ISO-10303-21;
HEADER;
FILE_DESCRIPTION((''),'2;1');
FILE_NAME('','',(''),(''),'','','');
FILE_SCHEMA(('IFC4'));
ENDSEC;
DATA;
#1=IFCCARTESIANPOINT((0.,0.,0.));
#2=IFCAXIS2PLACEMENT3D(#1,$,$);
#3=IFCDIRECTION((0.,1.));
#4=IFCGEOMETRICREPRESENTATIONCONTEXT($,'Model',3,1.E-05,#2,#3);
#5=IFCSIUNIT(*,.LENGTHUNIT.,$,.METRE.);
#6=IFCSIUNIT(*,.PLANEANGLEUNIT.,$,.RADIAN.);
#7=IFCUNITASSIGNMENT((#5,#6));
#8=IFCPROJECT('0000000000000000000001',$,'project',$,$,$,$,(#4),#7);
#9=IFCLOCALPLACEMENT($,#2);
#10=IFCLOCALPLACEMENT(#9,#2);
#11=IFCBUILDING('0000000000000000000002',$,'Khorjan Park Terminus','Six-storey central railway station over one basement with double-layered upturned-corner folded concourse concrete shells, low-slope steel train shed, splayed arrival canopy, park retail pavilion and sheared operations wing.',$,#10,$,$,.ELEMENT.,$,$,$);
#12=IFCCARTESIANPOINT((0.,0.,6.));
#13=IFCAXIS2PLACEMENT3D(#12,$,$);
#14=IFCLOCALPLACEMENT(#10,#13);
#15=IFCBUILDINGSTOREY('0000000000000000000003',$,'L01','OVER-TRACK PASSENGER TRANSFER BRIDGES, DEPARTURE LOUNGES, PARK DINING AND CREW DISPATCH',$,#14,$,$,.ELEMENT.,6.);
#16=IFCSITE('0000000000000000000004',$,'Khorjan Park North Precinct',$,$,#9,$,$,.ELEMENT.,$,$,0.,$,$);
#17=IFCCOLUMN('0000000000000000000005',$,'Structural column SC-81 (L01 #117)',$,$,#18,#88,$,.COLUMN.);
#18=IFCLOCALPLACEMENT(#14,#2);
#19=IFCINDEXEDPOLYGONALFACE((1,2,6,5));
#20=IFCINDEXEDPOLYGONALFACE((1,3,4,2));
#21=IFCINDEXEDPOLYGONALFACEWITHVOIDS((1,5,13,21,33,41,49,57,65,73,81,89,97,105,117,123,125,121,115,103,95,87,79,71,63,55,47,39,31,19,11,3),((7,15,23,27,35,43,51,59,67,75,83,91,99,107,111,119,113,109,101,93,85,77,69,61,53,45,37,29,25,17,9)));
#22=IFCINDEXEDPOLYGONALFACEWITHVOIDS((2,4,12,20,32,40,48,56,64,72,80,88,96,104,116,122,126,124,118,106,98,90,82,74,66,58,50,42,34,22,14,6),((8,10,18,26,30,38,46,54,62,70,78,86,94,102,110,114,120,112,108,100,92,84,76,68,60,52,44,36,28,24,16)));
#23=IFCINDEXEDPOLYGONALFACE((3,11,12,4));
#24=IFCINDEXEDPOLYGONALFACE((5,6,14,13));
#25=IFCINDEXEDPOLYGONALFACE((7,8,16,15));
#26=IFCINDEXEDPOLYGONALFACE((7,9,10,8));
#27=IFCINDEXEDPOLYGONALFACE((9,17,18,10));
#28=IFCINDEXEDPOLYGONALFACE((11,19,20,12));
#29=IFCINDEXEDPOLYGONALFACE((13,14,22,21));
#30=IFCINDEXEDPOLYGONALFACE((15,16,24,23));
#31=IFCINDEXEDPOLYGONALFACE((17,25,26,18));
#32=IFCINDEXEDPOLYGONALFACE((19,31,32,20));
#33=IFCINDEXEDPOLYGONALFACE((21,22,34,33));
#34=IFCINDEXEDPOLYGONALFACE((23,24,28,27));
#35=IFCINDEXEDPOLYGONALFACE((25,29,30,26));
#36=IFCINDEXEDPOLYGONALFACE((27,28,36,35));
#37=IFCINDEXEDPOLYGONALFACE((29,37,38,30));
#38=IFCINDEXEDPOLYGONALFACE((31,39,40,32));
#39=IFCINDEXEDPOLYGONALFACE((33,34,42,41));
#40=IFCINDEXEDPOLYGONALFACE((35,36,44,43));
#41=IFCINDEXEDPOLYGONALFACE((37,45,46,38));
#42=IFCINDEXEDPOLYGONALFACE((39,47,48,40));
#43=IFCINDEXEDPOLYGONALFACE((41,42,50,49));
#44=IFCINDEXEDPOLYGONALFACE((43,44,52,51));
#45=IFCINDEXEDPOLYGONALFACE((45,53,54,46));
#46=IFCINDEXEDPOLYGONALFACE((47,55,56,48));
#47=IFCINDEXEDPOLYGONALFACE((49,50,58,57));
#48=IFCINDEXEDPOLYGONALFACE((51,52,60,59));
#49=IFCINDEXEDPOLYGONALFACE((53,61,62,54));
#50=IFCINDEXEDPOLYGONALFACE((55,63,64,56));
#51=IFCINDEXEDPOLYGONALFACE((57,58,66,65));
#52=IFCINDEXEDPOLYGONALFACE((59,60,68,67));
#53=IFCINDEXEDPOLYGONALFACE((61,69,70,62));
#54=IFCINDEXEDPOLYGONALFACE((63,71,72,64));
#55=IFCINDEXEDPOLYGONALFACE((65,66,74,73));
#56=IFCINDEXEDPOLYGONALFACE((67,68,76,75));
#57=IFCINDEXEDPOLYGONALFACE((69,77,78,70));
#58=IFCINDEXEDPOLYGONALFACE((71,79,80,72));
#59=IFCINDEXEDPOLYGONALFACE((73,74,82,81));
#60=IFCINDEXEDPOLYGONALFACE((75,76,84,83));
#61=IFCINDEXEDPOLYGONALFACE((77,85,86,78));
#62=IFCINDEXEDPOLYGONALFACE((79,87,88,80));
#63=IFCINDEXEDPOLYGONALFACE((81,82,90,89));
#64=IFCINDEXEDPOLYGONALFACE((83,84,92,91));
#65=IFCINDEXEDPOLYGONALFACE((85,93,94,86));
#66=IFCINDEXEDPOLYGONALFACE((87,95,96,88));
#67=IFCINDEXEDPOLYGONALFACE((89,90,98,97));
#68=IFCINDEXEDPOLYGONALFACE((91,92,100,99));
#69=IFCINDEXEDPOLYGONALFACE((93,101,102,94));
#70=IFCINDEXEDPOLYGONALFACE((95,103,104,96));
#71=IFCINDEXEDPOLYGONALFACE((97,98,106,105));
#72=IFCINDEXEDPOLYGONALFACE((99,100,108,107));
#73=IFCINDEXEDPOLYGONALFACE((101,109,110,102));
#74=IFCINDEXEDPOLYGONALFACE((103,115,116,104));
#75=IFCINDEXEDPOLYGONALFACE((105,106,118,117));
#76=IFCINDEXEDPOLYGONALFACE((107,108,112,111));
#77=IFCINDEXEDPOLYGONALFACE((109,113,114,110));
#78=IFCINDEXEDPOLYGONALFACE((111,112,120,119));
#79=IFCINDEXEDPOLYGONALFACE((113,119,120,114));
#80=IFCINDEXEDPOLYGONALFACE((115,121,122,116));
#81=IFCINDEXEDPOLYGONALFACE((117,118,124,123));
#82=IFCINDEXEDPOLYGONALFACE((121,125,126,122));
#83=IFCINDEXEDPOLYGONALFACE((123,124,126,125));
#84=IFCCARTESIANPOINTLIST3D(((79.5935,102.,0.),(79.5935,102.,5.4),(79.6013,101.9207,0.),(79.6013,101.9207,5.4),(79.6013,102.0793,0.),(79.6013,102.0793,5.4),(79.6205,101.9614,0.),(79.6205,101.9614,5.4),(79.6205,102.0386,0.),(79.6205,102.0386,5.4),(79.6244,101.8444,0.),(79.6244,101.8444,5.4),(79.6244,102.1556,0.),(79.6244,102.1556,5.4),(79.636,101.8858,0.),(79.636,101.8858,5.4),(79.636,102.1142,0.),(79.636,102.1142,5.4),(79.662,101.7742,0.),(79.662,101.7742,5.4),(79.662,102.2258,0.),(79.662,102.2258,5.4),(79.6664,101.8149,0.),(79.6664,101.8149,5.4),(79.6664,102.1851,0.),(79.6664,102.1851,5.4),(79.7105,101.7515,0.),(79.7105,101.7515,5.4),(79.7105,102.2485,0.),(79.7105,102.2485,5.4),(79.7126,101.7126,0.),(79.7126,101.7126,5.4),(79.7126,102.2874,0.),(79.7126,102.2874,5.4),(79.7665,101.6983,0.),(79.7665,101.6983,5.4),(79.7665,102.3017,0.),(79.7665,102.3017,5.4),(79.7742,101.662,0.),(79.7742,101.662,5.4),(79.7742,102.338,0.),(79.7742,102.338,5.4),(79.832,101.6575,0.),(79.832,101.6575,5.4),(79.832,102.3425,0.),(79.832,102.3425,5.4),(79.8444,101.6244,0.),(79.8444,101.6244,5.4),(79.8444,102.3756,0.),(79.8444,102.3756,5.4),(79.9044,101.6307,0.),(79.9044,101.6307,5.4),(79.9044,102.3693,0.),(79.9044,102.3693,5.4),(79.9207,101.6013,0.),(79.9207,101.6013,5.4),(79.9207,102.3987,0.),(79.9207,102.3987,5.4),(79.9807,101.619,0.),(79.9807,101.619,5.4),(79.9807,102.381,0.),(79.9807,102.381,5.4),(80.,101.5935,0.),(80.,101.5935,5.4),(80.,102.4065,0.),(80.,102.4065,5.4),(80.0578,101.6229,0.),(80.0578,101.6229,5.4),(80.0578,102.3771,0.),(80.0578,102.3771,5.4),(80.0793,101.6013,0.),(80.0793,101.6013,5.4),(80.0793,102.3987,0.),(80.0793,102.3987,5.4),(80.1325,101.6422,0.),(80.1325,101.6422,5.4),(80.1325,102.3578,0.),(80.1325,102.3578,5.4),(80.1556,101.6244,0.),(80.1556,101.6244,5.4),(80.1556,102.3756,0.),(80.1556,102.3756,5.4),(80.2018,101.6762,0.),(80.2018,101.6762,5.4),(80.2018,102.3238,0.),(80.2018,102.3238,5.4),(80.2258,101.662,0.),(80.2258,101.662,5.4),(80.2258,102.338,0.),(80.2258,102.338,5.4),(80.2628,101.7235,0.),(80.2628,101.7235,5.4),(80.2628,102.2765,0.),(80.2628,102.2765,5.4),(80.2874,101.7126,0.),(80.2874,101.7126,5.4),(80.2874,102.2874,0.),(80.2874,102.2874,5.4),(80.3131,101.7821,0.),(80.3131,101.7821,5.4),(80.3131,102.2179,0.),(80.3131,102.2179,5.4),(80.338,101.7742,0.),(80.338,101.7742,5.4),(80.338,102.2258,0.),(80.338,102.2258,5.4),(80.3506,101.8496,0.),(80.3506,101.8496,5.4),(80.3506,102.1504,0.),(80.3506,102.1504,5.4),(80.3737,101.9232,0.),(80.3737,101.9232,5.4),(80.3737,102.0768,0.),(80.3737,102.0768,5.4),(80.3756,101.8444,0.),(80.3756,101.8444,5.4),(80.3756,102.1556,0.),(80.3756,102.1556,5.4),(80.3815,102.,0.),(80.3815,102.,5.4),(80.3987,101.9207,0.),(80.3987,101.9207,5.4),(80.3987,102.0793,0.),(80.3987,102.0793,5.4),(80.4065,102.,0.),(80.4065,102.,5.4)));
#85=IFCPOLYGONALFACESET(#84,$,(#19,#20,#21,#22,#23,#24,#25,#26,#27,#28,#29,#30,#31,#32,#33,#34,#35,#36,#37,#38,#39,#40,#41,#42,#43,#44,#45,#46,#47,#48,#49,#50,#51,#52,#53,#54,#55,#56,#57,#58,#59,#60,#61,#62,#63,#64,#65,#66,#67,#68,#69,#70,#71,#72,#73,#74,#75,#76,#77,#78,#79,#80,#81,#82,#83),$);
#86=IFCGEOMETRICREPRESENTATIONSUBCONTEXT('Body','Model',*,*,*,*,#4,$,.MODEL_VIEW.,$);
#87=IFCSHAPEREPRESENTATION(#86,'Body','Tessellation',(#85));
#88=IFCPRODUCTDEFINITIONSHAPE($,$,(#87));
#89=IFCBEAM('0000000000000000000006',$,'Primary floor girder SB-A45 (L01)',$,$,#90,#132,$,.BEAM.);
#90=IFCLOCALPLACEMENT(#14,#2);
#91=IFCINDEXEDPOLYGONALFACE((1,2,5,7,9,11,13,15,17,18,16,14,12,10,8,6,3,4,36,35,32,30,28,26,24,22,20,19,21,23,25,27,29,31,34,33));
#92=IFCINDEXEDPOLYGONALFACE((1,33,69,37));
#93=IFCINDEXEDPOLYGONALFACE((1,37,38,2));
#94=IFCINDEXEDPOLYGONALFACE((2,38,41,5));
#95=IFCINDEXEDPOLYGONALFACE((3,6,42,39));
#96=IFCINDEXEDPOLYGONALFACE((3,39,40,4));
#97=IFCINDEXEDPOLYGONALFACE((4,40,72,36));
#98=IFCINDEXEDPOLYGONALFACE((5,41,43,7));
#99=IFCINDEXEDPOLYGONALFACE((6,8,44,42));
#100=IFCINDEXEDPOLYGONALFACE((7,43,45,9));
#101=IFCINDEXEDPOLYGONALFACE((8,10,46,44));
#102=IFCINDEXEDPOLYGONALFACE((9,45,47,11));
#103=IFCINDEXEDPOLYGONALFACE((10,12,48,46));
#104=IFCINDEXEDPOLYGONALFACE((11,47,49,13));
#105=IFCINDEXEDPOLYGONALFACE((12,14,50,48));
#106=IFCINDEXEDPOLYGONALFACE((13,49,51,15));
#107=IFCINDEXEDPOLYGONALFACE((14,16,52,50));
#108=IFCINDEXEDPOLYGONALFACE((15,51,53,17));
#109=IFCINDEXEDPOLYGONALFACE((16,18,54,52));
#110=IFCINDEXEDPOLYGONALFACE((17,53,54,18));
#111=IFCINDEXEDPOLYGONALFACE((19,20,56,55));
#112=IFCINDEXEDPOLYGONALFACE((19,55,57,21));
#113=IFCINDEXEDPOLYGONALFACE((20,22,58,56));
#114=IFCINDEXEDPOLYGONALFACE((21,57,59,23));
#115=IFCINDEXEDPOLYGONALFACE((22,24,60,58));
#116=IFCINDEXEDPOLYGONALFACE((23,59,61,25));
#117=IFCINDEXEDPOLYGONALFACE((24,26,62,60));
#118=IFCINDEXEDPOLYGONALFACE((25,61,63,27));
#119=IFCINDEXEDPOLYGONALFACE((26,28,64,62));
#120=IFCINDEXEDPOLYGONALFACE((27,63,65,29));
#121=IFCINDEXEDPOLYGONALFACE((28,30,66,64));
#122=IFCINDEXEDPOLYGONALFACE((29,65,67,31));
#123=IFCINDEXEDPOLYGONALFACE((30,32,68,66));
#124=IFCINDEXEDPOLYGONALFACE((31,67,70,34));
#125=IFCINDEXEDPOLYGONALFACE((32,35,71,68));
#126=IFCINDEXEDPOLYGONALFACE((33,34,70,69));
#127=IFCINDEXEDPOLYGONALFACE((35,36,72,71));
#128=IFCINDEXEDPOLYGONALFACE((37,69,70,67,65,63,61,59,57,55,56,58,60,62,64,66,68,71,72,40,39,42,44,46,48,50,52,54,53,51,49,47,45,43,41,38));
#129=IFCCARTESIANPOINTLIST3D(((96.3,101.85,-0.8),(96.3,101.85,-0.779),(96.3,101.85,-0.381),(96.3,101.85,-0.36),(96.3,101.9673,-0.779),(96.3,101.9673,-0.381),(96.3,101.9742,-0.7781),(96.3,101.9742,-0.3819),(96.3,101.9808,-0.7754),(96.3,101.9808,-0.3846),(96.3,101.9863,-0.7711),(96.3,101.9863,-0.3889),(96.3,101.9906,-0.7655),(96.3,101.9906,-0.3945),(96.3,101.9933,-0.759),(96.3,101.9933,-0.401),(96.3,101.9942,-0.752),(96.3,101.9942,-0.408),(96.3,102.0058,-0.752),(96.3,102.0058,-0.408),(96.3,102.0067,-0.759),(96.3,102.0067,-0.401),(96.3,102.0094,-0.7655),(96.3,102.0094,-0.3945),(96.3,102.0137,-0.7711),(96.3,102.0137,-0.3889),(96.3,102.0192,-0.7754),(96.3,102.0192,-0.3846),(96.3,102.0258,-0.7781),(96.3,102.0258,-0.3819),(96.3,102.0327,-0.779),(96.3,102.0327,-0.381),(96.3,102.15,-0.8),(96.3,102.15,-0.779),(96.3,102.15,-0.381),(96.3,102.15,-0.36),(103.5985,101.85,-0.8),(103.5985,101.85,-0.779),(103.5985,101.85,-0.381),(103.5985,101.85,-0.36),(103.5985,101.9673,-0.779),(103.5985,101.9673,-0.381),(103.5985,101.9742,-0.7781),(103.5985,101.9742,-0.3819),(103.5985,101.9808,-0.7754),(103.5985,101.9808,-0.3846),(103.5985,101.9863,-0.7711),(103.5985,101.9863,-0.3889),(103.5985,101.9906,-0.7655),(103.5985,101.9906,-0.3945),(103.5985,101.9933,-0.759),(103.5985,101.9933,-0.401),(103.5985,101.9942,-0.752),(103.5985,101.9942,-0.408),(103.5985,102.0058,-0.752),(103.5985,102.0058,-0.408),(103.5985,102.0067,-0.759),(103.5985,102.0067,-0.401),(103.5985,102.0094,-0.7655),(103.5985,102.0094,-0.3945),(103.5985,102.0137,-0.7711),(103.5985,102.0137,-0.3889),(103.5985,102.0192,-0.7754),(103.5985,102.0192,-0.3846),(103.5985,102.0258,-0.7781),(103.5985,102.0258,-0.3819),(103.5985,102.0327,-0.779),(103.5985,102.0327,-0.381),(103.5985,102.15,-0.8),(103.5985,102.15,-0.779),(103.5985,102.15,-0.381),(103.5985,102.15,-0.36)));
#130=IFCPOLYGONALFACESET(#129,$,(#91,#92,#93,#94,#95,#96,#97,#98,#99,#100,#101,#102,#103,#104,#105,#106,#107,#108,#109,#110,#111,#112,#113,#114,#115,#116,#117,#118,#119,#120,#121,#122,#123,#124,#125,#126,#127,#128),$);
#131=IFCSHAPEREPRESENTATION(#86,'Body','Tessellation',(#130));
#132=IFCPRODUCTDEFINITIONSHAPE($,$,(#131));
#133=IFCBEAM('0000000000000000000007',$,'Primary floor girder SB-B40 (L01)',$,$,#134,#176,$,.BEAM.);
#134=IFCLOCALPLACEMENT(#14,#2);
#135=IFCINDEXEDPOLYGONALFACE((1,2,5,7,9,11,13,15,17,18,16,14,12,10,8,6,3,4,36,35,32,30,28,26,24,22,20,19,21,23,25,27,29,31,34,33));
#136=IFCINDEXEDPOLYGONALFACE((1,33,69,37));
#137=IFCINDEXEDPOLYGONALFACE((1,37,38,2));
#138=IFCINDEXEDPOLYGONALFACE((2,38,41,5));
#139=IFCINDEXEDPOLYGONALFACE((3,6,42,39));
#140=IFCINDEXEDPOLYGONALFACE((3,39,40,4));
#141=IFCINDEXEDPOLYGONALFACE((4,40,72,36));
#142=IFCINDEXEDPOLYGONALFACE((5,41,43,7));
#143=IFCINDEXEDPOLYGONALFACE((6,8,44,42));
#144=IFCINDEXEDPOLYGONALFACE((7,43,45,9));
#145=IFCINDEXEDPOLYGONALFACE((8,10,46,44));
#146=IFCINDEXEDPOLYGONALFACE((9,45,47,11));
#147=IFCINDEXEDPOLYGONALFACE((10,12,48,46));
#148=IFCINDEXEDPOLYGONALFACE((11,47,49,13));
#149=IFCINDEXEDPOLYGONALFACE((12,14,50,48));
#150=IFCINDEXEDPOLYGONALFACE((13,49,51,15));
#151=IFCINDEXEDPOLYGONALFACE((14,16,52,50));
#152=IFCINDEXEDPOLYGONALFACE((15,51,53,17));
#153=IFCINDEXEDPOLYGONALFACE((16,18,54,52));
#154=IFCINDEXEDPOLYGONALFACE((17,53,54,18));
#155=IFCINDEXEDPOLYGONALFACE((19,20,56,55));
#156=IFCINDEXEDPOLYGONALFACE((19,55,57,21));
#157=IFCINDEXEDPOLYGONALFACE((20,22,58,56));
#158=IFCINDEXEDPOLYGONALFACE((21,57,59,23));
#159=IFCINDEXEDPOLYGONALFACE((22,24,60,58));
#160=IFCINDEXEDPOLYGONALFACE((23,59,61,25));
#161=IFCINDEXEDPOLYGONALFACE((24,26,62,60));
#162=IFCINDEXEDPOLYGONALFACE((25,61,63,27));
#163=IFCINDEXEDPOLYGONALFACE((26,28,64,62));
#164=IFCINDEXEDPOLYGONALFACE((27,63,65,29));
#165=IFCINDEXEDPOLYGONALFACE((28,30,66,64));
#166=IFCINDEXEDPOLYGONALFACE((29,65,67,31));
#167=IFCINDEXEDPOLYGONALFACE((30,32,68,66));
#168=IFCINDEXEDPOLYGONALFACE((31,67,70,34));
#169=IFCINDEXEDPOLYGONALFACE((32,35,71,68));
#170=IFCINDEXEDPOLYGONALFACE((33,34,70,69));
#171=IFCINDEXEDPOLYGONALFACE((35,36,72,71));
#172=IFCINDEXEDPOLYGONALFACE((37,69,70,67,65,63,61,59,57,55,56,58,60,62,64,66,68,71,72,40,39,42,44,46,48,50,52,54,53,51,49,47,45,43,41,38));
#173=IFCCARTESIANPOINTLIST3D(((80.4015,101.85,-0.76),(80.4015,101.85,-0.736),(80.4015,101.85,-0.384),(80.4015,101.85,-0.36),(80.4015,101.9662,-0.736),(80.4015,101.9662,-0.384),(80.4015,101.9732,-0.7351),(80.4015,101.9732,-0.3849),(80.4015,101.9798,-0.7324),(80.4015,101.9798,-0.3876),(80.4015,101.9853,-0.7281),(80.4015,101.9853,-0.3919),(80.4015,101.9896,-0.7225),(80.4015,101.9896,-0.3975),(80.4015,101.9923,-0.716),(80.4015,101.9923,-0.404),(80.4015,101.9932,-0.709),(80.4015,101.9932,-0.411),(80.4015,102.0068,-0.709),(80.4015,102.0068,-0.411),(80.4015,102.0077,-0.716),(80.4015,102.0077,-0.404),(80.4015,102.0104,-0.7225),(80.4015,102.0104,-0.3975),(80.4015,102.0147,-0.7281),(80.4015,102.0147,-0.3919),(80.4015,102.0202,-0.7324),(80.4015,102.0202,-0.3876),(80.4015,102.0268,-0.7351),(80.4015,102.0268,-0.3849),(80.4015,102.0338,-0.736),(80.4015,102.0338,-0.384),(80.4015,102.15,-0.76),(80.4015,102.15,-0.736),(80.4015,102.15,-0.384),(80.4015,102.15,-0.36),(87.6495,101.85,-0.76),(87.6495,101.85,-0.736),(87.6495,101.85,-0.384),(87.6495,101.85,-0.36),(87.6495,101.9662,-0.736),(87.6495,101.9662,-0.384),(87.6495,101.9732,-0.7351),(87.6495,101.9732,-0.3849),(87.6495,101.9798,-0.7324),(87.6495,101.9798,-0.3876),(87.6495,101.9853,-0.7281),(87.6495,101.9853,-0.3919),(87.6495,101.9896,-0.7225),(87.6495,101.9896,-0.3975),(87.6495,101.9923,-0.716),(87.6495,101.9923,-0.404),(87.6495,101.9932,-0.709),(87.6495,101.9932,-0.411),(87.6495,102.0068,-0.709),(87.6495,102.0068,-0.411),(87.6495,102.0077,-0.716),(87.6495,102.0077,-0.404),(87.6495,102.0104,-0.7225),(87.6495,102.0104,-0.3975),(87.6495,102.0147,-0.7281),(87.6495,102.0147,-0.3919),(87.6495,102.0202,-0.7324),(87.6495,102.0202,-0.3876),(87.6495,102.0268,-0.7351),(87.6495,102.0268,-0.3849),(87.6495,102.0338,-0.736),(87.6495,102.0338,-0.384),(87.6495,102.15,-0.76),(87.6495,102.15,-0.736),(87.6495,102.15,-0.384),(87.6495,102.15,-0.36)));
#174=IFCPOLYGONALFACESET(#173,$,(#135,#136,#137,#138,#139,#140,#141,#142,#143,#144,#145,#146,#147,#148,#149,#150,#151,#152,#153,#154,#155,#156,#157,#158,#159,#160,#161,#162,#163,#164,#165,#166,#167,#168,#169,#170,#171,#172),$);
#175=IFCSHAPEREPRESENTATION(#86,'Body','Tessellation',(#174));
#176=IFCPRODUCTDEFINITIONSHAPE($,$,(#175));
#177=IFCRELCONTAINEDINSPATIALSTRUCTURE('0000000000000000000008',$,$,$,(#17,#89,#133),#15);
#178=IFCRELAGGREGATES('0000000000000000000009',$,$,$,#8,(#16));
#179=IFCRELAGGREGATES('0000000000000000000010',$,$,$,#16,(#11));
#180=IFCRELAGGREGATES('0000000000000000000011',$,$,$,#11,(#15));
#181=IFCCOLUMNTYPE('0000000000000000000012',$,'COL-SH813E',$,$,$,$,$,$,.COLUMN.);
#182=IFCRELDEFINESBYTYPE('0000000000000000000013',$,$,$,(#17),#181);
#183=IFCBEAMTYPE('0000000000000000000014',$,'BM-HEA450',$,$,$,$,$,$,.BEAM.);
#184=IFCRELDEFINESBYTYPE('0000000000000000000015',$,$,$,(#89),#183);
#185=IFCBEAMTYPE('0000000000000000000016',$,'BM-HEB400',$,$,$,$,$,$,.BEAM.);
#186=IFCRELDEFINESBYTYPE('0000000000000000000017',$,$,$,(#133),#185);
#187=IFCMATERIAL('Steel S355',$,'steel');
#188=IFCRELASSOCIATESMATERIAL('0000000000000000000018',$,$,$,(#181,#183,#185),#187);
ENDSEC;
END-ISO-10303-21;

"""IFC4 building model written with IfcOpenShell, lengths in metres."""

from ifc_helpers import new_model, si_unit, direction, frame, origin, origin_2d, place, context, subcontext, project, spatial, hollow_circle, i_section, extrude, material, material_profile, profile_set, type_object, element, save


model = new_model("IFC4")

# Units and contexts
model_context = context("Model", 3, precision=1e-05, world=origin(), true_north=direction((0.0, 1.0)))
body_context = subcontext(model_context, "Body", "Model", "MODEL_VIEW")
ifc_project = project(units=[si_unit("LENGTHUNIT", "METRE"), si_unit("PLANEANGLEUNIT", "RADIAN")], contexts=[model_context])

# Site, building, storey
site_placement = place(None, origin())
site = spatial("IfcSite", under=ifc_project, at=site_placement, Name="Khorjan Park North Precinct", CompositionType="ELEMENT", RefElevation=0.0)
building_placement = place(site_placement, origin())
building = spatial("IfcBuilding", under=site, at=building_placement, Name="Khorjan Park Terminus", Description="Six-storey central railway station over one basement with double-layered upturned-corner folded concourse concrete shells, low-slope steel train shed, splayed arrival canopy, park retail pavilion and sheared operations wing.", CompositionType="ELEMENT")
storey_placement = place(building_placement, frame((0.0, 0.0, 6.0)))
storey = spatial("IfcBuildingStorey", under=building, at=storey_placement, Name="L01", Description="OVER-TRACK PASSENGER TRANSFER BRIDGES, DEPARTURE LOUNGES, PARK DINING AND CREW DISPATCH", CompositionType="ELEMENT", Elevation=6.0)

# Column
ifc_material_1 = material(Name="Steel S355", Category="steel")
ifc_material_profile_1 = material_profile(ifc_material_1, hollow_circle(Radius=0.4065, WallThickness=0.025, at=origin_2d()), Name="CHS 813x25")
ifc_profile_set_1 = profile_set([ifc_material_profile_1], Name="Steel S355")
column_type_1 = type_object("IfcColumnType", Name="COL-SH813E", PredefinedType="COLUMN", material=ifc_profile_set_1)
column_1_placement = place(storey_placement, frame((80.0, 102.0, 0.0), z_axis=(0.0, 0.0, 1.0), x_axis=(1.0, 0.0, 0.0)))
element("IfcColumn", 1, at=column_1_placement, inside=storey, type_object=column_type_1, Name="Structural column SC-81 (L01 #117)", PredefinedType="COLUMN", context=body_context, shape_type="SweptSolid", body=[
    extrude(hollow_circle(Radius=0.4065, WallThickness=0.025, at=origin_2d()), origin(), (0.0, 0.0, 1.0), 5.4),
])

# Beams
ifc_material_profile_2 = material_profile(ifc_material_1, i_section(OverallWidth=0.3, OverallDepth=0.44, WebThickness=0.0115, FlangeThickness=0.021, FilletRadius=0.027, at=origin_2d()), Name="HEA 450")
ifc_profile_set_2 = profile_set([ifc_material_profile_2], Name="Steel S355")
beam_type_1 = type_object("IfcBeamType", Name="BM-HEA450", PredefinedType="BEAM", material=ifc_profile_set_2)
beam_1_placement = place(storey_placement, frame((96.3, 102.0, -0.58), z_axis=(1.0, 0.0, 0.0), x_axis=(0.0, 1.0, 0.0)))
element("IfcBeam", 2, at=beam_1_placement, inside=storey, type_object=beam_type_1, Name="Primary floor girder SB-A45 (L01)", PredefinedType="BEAM", context=body_context, shape_type="SweptSolid", body=[
    extrude(i_section(OverallWidth=0.3, OverallDepth=0.44, WebThickness=0.0115, FlangeThickness=0.021, FilletRadius=0.027, at=origin_2d()), origin(), (0.0, 0.0, 1.0), 7.2985),
])
ifc_material_profile_3 = material_profile(ifc_material_1, i_section(OverallWidth=0.3, OverallDepth=0.4, WebThickness=0.0135, FlangeThickness=0.024, FilletRadius=0.027, at=origin_2d()), Name="HEB 400")
ifc_profile_set_3 = profile_set([ifc_material_profile_3], Name="Steel S355")
beam_type_2 = type_object("IfcBeamType", Name="BM-HEB400", PredefinedType="BEAM", material=ifc_profile_set_3)
beam_2_placement = place(storey_placement, frame((80.4015, 102.0, -0.56), z_axis=(1.0, 0.0, 0.0), x_axis=(0.0, 1.0, 0.0)))
element("IfcBeam", 3, at=beam_2_placement, inside=storey, type_object=beam_type_2, Name="Primary floor girder SB-B40 (L01)", PredefinedType="BEAM", context=body_context, shape_type="SweptSolid", body=[
    extrude(i_section(OverallWidth=0.3, OverallDepth=0.4, WebThickness=0.0135, FlangeThickness=0.024, FilletRadius=0.027, at=origin_2d()), origin(), (0.0, 0.0, 1.0), 7.248),
])

save(model, "model.ifc")
